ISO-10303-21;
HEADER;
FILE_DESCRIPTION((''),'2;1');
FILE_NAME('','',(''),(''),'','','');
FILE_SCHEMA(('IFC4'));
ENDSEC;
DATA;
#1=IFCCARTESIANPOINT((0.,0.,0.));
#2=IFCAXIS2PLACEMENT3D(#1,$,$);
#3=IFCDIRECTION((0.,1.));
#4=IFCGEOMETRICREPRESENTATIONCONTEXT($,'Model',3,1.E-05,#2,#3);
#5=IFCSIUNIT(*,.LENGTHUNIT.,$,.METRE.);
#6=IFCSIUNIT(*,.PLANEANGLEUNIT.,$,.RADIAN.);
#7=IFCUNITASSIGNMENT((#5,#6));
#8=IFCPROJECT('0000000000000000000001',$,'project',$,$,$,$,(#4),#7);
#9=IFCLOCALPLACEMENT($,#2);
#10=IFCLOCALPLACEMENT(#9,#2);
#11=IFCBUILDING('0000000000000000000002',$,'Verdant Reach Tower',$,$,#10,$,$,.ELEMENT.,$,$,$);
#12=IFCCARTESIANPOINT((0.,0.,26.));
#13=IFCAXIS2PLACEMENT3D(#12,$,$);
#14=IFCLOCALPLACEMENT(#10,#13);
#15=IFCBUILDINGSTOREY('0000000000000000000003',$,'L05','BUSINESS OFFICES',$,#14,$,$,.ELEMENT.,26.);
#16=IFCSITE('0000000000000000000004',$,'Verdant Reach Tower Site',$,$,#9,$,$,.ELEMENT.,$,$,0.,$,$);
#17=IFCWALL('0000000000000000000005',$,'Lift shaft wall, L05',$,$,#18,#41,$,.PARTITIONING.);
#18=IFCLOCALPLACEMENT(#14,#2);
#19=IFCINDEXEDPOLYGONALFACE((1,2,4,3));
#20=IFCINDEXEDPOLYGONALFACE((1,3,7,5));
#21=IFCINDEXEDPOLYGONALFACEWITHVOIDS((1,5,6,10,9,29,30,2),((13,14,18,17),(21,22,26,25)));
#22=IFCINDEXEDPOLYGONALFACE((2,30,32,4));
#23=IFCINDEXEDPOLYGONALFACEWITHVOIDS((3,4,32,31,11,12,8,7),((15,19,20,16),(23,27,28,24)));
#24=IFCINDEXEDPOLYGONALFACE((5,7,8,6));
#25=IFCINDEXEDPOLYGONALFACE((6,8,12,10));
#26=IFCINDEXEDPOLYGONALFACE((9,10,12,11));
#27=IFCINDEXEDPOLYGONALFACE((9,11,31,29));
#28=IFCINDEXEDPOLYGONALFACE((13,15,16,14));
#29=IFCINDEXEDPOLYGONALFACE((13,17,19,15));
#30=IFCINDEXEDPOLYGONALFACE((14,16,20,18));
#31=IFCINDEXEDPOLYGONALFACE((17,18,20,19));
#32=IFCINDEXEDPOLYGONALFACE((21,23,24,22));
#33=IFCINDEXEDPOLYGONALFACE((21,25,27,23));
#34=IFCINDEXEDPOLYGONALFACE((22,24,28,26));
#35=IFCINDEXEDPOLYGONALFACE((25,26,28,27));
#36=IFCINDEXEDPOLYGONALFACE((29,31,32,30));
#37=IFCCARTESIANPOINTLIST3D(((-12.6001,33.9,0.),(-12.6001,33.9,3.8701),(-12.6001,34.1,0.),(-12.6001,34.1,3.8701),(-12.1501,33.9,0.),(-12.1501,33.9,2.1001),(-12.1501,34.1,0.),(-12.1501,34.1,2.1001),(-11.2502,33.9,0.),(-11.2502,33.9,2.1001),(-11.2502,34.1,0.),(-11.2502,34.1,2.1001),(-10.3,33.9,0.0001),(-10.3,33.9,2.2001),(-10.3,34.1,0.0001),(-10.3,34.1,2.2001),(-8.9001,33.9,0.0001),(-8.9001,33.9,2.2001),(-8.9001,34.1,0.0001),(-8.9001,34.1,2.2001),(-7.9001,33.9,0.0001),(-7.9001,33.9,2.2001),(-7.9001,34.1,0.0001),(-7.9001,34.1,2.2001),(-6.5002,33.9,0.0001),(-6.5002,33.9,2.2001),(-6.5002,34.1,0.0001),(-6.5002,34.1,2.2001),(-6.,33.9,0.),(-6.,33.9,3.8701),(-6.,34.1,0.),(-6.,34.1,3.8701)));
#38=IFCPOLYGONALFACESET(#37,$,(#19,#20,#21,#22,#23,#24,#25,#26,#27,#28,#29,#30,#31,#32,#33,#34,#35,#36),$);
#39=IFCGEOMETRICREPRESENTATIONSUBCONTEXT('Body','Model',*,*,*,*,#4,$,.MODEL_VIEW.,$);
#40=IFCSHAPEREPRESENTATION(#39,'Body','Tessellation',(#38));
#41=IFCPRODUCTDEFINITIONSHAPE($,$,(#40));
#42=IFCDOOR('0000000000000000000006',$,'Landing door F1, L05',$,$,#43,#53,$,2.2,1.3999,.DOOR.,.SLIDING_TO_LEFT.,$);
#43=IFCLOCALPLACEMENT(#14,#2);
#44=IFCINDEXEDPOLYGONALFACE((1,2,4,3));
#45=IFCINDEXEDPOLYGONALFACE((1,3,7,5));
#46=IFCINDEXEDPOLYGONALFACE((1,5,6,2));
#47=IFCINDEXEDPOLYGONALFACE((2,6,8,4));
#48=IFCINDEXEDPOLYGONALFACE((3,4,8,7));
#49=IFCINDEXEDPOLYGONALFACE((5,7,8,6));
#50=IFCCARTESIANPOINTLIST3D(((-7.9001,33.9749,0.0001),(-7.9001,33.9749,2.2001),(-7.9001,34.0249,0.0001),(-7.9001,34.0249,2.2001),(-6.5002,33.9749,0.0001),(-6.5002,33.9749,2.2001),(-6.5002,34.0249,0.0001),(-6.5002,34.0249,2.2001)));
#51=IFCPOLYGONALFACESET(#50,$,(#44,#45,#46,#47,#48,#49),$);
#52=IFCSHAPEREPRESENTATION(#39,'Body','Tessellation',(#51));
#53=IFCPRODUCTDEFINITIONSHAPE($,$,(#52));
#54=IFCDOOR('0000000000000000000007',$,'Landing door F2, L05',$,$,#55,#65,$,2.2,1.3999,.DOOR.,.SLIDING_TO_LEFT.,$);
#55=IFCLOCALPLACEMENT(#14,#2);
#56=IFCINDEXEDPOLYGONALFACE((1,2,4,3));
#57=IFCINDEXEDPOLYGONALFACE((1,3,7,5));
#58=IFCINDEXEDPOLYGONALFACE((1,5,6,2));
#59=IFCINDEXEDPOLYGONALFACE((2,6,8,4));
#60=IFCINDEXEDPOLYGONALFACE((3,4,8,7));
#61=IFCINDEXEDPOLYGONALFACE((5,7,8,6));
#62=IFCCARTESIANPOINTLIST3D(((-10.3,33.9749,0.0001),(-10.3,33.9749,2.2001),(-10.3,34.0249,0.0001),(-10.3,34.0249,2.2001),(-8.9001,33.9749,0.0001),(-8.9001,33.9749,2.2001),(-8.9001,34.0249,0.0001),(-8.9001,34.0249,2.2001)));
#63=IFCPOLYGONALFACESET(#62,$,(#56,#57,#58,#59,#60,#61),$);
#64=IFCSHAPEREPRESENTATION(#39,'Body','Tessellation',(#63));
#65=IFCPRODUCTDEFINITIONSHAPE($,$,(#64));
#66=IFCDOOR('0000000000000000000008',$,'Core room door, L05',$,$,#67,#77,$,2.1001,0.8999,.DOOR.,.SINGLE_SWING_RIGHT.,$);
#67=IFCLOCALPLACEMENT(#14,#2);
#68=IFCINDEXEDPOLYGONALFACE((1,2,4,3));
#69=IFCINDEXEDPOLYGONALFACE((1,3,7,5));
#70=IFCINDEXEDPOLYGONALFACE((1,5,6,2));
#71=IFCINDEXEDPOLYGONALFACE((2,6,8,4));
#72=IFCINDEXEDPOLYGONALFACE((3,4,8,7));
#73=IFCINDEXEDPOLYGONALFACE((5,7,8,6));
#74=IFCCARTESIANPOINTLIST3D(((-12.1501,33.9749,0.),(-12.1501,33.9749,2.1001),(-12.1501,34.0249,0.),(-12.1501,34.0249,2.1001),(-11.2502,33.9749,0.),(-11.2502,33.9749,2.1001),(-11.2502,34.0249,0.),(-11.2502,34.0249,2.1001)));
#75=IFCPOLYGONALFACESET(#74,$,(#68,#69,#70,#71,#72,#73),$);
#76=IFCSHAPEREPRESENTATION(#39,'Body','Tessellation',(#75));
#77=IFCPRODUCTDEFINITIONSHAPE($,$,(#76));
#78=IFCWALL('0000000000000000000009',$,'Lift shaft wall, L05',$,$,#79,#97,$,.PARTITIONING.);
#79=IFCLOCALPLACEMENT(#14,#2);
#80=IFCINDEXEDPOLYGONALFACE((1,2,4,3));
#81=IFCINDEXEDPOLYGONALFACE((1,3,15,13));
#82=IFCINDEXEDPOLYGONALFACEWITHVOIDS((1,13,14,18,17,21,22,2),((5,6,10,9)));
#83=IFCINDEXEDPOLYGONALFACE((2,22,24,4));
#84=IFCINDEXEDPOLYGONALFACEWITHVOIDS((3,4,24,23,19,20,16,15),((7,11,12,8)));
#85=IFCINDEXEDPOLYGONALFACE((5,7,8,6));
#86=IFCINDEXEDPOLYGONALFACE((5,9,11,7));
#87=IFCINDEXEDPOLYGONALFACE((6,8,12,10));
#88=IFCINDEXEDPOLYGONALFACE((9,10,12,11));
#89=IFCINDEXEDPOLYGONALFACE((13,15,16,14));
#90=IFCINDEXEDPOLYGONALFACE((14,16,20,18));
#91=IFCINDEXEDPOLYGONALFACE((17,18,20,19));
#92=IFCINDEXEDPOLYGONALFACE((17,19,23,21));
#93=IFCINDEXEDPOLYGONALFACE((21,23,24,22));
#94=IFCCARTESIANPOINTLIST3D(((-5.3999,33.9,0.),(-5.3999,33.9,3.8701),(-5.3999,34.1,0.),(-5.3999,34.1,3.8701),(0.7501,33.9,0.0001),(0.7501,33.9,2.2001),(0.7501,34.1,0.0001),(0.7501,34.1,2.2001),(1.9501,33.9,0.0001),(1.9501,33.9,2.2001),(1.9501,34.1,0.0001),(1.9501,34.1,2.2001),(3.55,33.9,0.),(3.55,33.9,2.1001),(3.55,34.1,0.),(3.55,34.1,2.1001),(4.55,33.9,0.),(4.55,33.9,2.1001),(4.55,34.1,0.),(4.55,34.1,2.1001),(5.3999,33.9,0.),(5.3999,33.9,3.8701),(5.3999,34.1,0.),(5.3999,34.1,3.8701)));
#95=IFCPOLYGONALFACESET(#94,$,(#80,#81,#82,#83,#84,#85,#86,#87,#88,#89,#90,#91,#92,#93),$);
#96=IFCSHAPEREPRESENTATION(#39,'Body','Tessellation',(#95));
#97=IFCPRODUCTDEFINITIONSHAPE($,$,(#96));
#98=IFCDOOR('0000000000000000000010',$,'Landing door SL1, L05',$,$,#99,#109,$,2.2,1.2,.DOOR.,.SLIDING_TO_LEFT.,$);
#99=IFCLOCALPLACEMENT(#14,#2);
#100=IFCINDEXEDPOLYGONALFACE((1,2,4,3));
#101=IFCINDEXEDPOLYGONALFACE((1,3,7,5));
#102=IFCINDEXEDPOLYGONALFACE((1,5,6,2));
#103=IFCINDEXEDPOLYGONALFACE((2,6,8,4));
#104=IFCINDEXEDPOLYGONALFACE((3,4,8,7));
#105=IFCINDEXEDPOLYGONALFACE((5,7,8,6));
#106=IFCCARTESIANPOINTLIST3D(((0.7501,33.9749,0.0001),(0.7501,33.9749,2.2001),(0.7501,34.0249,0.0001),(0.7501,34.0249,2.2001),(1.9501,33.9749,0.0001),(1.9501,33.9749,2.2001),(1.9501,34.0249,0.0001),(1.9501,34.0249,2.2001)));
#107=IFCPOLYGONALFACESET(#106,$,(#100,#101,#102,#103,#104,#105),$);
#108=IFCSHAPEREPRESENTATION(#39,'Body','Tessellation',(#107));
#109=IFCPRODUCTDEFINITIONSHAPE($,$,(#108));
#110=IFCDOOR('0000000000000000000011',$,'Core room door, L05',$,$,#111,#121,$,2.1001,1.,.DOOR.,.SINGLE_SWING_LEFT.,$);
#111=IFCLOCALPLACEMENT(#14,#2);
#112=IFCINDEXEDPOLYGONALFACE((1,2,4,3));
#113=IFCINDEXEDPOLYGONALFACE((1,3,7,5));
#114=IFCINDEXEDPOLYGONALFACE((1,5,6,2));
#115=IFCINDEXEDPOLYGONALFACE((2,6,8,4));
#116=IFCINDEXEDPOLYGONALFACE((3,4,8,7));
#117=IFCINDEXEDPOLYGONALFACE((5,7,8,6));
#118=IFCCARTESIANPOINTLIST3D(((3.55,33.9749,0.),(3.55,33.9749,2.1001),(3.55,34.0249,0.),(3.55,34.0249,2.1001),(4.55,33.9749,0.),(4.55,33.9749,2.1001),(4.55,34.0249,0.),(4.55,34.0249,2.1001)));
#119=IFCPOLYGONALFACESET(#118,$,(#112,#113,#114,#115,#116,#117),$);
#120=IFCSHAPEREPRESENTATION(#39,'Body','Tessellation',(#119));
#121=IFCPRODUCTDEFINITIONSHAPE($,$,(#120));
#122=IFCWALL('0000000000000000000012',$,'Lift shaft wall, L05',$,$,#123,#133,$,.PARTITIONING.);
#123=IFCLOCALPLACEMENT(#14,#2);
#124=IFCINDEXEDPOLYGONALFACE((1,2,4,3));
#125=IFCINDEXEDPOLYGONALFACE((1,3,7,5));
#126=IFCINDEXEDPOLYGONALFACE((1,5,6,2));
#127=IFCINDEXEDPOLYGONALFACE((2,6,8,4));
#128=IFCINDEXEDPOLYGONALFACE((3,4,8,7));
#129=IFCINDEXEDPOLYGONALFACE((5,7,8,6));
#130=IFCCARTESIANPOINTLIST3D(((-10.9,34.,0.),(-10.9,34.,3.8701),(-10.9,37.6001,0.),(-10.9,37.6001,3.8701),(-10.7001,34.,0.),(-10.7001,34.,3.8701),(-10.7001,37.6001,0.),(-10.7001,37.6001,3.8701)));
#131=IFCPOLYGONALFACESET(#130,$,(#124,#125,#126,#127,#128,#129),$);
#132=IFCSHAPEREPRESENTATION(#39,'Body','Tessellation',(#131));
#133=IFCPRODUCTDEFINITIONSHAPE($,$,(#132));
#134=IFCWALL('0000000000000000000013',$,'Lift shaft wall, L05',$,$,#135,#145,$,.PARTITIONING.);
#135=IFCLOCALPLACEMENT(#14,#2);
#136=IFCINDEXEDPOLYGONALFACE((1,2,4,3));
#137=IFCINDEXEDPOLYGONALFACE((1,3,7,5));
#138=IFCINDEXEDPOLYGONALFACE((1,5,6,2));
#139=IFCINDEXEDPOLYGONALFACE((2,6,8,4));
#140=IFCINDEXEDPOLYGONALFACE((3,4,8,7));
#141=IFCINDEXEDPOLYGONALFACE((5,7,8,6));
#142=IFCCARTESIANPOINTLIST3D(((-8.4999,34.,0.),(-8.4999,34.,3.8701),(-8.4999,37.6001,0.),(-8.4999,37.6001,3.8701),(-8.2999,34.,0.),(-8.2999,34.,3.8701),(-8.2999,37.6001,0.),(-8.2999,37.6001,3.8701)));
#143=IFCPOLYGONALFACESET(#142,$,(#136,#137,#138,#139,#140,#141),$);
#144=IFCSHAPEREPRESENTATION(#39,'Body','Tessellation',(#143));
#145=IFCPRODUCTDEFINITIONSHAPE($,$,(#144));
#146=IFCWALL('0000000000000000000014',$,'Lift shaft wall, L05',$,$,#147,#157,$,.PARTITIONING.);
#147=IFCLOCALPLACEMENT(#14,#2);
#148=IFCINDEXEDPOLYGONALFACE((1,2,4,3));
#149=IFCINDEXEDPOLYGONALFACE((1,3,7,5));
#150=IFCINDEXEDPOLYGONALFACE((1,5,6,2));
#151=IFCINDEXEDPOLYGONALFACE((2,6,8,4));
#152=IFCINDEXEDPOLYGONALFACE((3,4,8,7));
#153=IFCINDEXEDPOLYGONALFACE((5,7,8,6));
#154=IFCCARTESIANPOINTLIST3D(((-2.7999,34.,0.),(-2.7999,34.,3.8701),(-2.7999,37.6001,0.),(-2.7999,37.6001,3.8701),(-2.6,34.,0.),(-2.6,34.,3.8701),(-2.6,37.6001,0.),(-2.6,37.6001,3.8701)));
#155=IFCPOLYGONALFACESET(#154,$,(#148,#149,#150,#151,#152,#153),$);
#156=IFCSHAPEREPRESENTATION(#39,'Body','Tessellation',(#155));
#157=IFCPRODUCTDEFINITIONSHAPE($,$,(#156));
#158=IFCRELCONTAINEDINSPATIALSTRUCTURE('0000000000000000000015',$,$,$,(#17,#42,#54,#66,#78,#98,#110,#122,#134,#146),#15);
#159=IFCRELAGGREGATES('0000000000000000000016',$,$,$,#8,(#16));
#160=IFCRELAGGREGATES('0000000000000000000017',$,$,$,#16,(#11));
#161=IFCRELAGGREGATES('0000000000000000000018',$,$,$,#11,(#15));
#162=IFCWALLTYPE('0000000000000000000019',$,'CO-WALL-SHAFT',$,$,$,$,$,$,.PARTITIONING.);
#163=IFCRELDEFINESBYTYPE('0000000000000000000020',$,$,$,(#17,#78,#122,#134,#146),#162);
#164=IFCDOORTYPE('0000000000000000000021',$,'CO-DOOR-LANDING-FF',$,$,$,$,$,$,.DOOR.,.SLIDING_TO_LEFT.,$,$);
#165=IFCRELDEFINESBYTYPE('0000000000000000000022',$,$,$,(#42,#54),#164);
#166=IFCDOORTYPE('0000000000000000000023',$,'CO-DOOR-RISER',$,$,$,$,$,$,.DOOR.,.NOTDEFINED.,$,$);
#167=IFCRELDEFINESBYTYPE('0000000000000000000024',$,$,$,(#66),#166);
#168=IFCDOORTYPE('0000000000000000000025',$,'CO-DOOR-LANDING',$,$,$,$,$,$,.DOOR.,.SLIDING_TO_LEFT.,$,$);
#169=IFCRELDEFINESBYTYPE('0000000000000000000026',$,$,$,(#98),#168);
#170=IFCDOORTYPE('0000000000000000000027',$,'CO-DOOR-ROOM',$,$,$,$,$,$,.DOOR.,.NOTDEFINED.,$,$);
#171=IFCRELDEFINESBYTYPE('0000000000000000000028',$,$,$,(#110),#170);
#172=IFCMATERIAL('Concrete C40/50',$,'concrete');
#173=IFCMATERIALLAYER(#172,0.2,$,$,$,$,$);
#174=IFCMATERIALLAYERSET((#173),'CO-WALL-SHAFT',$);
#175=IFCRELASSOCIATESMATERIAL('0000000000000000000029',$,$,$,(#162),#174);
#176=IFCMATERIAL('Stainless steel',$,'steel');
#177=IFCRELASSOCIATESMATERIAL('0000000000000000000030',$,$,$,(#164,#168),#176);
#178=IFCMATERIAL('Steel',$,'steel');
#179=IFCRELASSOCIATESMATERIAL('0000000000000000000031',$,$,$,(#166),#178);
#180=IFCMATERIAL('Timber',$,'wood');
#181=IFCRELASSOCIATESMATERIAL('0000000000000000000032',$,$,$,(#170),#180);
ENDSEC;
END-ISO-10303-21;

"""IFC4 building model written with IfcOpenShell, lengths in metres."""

from ifc_helpers import new_model, si_unit, direction, frame, frame_2d, origin, place, context, subcontext, project, spatial, rectangle, extrude, material, layer, layer_set, type_object, element, fill, save


model = new_model("IFC4")

# Units and contexts
model_context = context("Model", 3, precision=1e-05, world=origin(), true_north=direction((0.0, 1.0)))
body_context = subcontext(model_context, "Body", "Model", "MODEL_VIEW")
ifc_project = project(units=[si_unit("LENGTHUNIT", "METRE"), si_unit("PLANEANGLEUNIT", "RADIAN")], contexts=[model_context])

# Site, building, storey
site_placement = place(None, origin())
site = spatial("IfcSite", under=ifc_project, at=site_placement, Name="Verdant Reach Tower Site", CompositionType="ELEMENT", RefElevation=0.0)
building_placement = place(site_placement, origin())
building = spatial("IfcBuilding", under=site, at=building_placement, Name="Verdant Reach Tower", CompositionType="ELEMENT")
storey_placement = place(building_placement, frame((0.0, 0.0, 26.0)))
storey = spatial("IfcBuildingStorey", under=building, at=storey_placement, Name="L05", Description="BUSINESS OFFICES", CompositionType="ELEMENT", Elevation=26.0)

# Shared definitions
ifc_material_1 = material(Name="Concrete C40/50", Category="concrete")
ifc_layer_1 = layer(ifc_material_1, 0.2)
ifc_layer_set_1 = layer_set([ifc_layer_1], Name="CO-WALL-SHAFT")
wall_type_1 = type_object("IfcWallType", Name="CO-WALL-SHAFT", PredefinedType="PARTITIONING", material=ifc_layer_set_1)

# Walls, openings, doors
wall_1_placement = place(storey_placement, frame((-12.6001, 34.0, 0.0), z_axis=(0.0, 0.0, 1.0), x_axis=(1.0, 0.0, 0.0)))
wall_1 = element("IfcWall", 1, at=wall_1_placement, inside=storey, type_object=wall_type_1, Name="Lift shaft wall, L05", PredefinedType="PARTITIONING", context=body_context, shape_type="SweptSolid", body=[
    extrude(rectangle(XDim=6.6001, YDim=0.2, at=frame_2d((3.3, 0.0))), origin(), (0.0, 0.0, 1.0), 3.8701),
])
opening_1_placement = place(wall_1_placement, frame((4.7, 0.0, 0.0)))
opening_1 = element("IfcOpeningElement", 2, at=opening_1_placement, cuts=wall_1, PredefinedType="OPENING", context=body_context, shape_type="SweptSolid", body=[
    extrude(rectangle(XDim=1.3999, YDim=2.2, at=frame_2d((0.7, 1.1001))), frame((0.0, 0.1099, 0.0), z_axis=(0.0, -1.0, 0.0), x_axis=(1.0, 0.0, 0.0)), (0.0, 0.0, 1.0), 0.22),
])
opening_2_placement = place(wall_1_placement, frame((2.3, 0.0, 0.0)))
opening_2 = element("IfcOpeningElement", 3, at=opening_2_placement, cuts=wall_1, PredefinedType="OPENING", context=body_context, shape_type="SweptSolid", body=[
    extrude(rectangle(XDim=1.3999, YDim=2.2, at=frame_2d((0.7, 1.1001))), frame((0.0, 0.1099, 0.0), z_axis=(0.0, -1.0, 0.0), x_axis=(1.0, 0.0, 0.0)), (0.0, 0.0, 1.0), 0.22),
])
opening_3_placement = place(wall_1_placement, frame((0.45, 0.0, 0.0)))
opening_3 = element("IfcOpeningElement", 4, at=opening_3_placement, cuts=wall_1, PredefinedType="OPENING", context=body_context, shape_type="SweptSolid", body=[
    extrude(rectangle(XDim=0.8999, YDim=2.1001, at=frame_2d((0.45, 1.05))), frame((0.0, 0.1099, 0.0), z_axis=(0.0, -1.0, 0.0), x_axis=(1.0, 0.0, 0.0)), (0.0, 0.0, 1.0), 0.22),
])
ifc_material_2 = material(Name="Stainless steel", Category="steel")
door_type_1 = type_object("IfcDoorType", Name="CO-DOOR-LANDING-FF", OperationType="SLIDING_TO_LEFT", PredefinedType="DOOR", material=ifc_material_2)
door_1_placement = place(opening_1_placement, origin())
door_1 = element("IfcDoor", 5, at=door_1_placement, inside=storey, type_object=door_type_1, Name="Landing door F1, L05", OperationType="SLIDING_TO_LEFT", OverallHeight=2.2, OverallWidth=1.3999, PredefinedType="DOOR", context=body_context, shape_type="SweptSolid", body=[
    extrude(rectangle(XDim=1.3999, YDim=2.2, at=frame_2d((0.7, 1.1001))), frame((0.0, 0.0249, 0.0), z_axis=(0.0, -1.0, 0.0), x_axis=(1.0, 0.0, 0.0)), (0.0, 0.0, 1.0), 0.05),
])
fill(opening_1, door_1)
door_2_placement = place(opening_2_placement, origin())
door_2 = element("IfcDoor", 6, at=door_2_placement, inside=storey, type_object=door_type_1, Name="Landing door F2, L05", OperationType="SLIDING_TO_LEFT", OverallHeight=2.2, OverallWidth=1.3999, PredefinedType="DOOR", context=body_context, shape_type="SweptSolid", body=[
    extrude(rectangle(XDim=1.3999, YDim=2.2, at=frame_2d((0.7, 1.1001))), frame((0.0, 0.0249, 0.0), z_axis=(0.0, -1.0, 0.0), x_axis=(1.0, 0.0, 0.0)), (0.0, 0.0, 1.0), 0.05),
])
fill(opening_2, door_2)
ifc_material_3 = material(Name="Steel", Category="steel")
door_type_2 = type_object("IfcDoorType", Name="CO-DOOR-RISER", OperationType="NOTDEFINED", PredefinedType="DOOR", material=ifc_material_3)
door_3_placement = place(opening_3_placement, origin())
door_3 = element("IfcDoor", 7, at=door_3_placement, inside=storey, type_object=door_type_2, Name="Core room door, L05", OperationType="SINGLE_SWING_RIGHT", OverallHeight=2.1001, OverallWidth=0.8999, PredefinedType="DOOR", context=body_context, shape_type="SweptSolid", body=[
    extrude(rectangle(XDim=0.8999, YDim=2.1001, at=frame_2d((0.45, 1.05))), frame((0.0, 0.0249, 0.0), z_axis=(0.0, -1.0, 0.0), x_axis=(1.0, 0.0, 0.0)), (0.0, 0.0, 1.0), 0.05),
])
fill(opening_3, door_3)
wall_2_placement = place(storey_placement, frame((-5.3999, 34.0, 0.0), z_axis=(0.0, 0.0, 1.0), x_axis=(1.0, 0.0, 0.0)))
wall_2 = element("IfcWall", 8, at=wall_2_placement, inside=storey, type_object=wall_type_1, Name="Lift shaft wall, L05", PredefinedType="PARTITIONING", context=body_context, shape_type="SweptSolid", body=[
    extrude(rectangle(XDim=10.7998, YDim=0.2, at=frame_2d((5.3999, 0.0))), origin(), (0.0, 0.0, 1.0), 3.8701),
])
opening_4_placement = place(wall_2_placement, frame((6.1499, 0.0, 0.0)))
opening_4 = element("IfcOpeningElement", 9, at=opening_4_placement, cuts=wall_2, PredefinedType="OPENING", context=body_context, shape_type="SweptSolid", body=[
    extrude(rectangle(XDim=1.2, YDim=2.2, at=frame_2d((0.6001, 1.1001))), frame((0.0, 0.1099, 0.0), z_axis=(0.0, -1.0, 0.0), x_axis=(1.0, 0.0, 0.0)), (0.0, 0.0, 1.0), 0.22),
])
opening_5_placement = place(wall_2_placement, frame((8.95, 0.0, 0.0)))
opening_5 = element("IfcOpeningElement", 10, at=opening_5_placement, cuts=wall_2, PredefinedType="OPENING", context=body_context, shape_type="SweptSolid", body=[
    extrude(rectangle(XDim=1.0, YDim=2.1001, at=frame_2d((0.5, 1.05))), frame((0.0, 0.1099, 0.0), z_axis=(0.0, -1.0, 0.0), x_axis=(1.0, 0.0, 0.0)), (0.0, 0.0, 1.0), 0.22),
])
door_type_3 = type_object("IfcDoorType", Name="CO-DOOR-LANDING", OperationType="SLIDING_TO_LEFT", PredefinedType="DOOR", material=ifc_material_2)
door_4_placement = place(opening_4_placement, origin())
door_4 = element("IfcDoor", 11, at=door_4_placement, inside=storey, type_object=door_type_3, Name="Landing door SL1, L05", OperationType="SLIDING_TO_LEFT", OverallHeight=2.2, OverallWidth=1.2, PredefinedType="DOOR", context=body_context, shape_type="SweptSolid", body=[
    extrude(rectangle(XDim=1.2, YDim=2.2, at=frame_2d((0.6001, 1.1001))), frame((0.0, 0.0249, 0.0), z_axis=(0.0, -1.0, 0.0), x_axis=(1.0, 0.0, 0.0)), (0.0, 0.0, 1.0), 0.05),
])
fill(opening_4, door_4)
ifc_material_4 = material(Name="Timber", Category="wood")
door_type_4 = type_object("IfcDoorType", Name="CO-DOOR-ROOM", OperationType="NOTDEFINED", PredefinedType="DOOR", material=ifc_material_4)
door_5_placement = place(opening_5_placement, origin())
door_5 = element("IfcDoor", 12, at=door_5_placement, inside=storey, type_object=door_type_4, Name="Core room door, L05", OperationType="SINGLE_SWING_LEFT", OverallHeight=2.1001, OverallWidth=1.0, PredefinedType="DOOR", context=body_context, shape_type="SweptSolid", body=[
    extrude(rectangle(XDim=1.0, YDim=2.1001, at=frame_2d((0.5, 1.05))), frame((0.0, 0.0249, 0.0), z_axis=(0.0, -1.0, 0.0), x_axis=(1.0, 0.0, 0.0)), (0.0, 0.0, 1.0), 0.05),
])
fill(opening_5, door_5)

# Walls
for number, where, z_axis, x_axis, name in (
    (13, (-10.8, 34.0, 0.0), (0.0, 0.0, 1.0), (0.0, 1.0, 0.0), "Lift shaft wall, L05"),
    (14, (-8.3999, 34.0, 0.0), (0.0, 0.0, 1.0), (0.0, 1.0, 0.0), "Lift shaft wall, L05"),
    (15, (-2.7, 34.0, 0.0), (0.0, 0.0, 1.0), (0.0, 1.0, 0.0), "Lift shaft wall, L05"),
):
    element("IfcWall", number, at=place(storey_placement, frame(where, z_axis=z_axis, x_axis=x_axis)), inside=storey, type_object=wall_type_1, Name=name, PredefinedType="PARTITIONING", context=body_context, shape_type="SweptSolid", body=[
        extrude(rectangle(XDim=3.6001, YDim=0.2, at=frame_2d((1.8, 0.0))), origin(), (0.0, 0.0, 1.0), 3.8701),
    ])

save(model, "model.ifc")
